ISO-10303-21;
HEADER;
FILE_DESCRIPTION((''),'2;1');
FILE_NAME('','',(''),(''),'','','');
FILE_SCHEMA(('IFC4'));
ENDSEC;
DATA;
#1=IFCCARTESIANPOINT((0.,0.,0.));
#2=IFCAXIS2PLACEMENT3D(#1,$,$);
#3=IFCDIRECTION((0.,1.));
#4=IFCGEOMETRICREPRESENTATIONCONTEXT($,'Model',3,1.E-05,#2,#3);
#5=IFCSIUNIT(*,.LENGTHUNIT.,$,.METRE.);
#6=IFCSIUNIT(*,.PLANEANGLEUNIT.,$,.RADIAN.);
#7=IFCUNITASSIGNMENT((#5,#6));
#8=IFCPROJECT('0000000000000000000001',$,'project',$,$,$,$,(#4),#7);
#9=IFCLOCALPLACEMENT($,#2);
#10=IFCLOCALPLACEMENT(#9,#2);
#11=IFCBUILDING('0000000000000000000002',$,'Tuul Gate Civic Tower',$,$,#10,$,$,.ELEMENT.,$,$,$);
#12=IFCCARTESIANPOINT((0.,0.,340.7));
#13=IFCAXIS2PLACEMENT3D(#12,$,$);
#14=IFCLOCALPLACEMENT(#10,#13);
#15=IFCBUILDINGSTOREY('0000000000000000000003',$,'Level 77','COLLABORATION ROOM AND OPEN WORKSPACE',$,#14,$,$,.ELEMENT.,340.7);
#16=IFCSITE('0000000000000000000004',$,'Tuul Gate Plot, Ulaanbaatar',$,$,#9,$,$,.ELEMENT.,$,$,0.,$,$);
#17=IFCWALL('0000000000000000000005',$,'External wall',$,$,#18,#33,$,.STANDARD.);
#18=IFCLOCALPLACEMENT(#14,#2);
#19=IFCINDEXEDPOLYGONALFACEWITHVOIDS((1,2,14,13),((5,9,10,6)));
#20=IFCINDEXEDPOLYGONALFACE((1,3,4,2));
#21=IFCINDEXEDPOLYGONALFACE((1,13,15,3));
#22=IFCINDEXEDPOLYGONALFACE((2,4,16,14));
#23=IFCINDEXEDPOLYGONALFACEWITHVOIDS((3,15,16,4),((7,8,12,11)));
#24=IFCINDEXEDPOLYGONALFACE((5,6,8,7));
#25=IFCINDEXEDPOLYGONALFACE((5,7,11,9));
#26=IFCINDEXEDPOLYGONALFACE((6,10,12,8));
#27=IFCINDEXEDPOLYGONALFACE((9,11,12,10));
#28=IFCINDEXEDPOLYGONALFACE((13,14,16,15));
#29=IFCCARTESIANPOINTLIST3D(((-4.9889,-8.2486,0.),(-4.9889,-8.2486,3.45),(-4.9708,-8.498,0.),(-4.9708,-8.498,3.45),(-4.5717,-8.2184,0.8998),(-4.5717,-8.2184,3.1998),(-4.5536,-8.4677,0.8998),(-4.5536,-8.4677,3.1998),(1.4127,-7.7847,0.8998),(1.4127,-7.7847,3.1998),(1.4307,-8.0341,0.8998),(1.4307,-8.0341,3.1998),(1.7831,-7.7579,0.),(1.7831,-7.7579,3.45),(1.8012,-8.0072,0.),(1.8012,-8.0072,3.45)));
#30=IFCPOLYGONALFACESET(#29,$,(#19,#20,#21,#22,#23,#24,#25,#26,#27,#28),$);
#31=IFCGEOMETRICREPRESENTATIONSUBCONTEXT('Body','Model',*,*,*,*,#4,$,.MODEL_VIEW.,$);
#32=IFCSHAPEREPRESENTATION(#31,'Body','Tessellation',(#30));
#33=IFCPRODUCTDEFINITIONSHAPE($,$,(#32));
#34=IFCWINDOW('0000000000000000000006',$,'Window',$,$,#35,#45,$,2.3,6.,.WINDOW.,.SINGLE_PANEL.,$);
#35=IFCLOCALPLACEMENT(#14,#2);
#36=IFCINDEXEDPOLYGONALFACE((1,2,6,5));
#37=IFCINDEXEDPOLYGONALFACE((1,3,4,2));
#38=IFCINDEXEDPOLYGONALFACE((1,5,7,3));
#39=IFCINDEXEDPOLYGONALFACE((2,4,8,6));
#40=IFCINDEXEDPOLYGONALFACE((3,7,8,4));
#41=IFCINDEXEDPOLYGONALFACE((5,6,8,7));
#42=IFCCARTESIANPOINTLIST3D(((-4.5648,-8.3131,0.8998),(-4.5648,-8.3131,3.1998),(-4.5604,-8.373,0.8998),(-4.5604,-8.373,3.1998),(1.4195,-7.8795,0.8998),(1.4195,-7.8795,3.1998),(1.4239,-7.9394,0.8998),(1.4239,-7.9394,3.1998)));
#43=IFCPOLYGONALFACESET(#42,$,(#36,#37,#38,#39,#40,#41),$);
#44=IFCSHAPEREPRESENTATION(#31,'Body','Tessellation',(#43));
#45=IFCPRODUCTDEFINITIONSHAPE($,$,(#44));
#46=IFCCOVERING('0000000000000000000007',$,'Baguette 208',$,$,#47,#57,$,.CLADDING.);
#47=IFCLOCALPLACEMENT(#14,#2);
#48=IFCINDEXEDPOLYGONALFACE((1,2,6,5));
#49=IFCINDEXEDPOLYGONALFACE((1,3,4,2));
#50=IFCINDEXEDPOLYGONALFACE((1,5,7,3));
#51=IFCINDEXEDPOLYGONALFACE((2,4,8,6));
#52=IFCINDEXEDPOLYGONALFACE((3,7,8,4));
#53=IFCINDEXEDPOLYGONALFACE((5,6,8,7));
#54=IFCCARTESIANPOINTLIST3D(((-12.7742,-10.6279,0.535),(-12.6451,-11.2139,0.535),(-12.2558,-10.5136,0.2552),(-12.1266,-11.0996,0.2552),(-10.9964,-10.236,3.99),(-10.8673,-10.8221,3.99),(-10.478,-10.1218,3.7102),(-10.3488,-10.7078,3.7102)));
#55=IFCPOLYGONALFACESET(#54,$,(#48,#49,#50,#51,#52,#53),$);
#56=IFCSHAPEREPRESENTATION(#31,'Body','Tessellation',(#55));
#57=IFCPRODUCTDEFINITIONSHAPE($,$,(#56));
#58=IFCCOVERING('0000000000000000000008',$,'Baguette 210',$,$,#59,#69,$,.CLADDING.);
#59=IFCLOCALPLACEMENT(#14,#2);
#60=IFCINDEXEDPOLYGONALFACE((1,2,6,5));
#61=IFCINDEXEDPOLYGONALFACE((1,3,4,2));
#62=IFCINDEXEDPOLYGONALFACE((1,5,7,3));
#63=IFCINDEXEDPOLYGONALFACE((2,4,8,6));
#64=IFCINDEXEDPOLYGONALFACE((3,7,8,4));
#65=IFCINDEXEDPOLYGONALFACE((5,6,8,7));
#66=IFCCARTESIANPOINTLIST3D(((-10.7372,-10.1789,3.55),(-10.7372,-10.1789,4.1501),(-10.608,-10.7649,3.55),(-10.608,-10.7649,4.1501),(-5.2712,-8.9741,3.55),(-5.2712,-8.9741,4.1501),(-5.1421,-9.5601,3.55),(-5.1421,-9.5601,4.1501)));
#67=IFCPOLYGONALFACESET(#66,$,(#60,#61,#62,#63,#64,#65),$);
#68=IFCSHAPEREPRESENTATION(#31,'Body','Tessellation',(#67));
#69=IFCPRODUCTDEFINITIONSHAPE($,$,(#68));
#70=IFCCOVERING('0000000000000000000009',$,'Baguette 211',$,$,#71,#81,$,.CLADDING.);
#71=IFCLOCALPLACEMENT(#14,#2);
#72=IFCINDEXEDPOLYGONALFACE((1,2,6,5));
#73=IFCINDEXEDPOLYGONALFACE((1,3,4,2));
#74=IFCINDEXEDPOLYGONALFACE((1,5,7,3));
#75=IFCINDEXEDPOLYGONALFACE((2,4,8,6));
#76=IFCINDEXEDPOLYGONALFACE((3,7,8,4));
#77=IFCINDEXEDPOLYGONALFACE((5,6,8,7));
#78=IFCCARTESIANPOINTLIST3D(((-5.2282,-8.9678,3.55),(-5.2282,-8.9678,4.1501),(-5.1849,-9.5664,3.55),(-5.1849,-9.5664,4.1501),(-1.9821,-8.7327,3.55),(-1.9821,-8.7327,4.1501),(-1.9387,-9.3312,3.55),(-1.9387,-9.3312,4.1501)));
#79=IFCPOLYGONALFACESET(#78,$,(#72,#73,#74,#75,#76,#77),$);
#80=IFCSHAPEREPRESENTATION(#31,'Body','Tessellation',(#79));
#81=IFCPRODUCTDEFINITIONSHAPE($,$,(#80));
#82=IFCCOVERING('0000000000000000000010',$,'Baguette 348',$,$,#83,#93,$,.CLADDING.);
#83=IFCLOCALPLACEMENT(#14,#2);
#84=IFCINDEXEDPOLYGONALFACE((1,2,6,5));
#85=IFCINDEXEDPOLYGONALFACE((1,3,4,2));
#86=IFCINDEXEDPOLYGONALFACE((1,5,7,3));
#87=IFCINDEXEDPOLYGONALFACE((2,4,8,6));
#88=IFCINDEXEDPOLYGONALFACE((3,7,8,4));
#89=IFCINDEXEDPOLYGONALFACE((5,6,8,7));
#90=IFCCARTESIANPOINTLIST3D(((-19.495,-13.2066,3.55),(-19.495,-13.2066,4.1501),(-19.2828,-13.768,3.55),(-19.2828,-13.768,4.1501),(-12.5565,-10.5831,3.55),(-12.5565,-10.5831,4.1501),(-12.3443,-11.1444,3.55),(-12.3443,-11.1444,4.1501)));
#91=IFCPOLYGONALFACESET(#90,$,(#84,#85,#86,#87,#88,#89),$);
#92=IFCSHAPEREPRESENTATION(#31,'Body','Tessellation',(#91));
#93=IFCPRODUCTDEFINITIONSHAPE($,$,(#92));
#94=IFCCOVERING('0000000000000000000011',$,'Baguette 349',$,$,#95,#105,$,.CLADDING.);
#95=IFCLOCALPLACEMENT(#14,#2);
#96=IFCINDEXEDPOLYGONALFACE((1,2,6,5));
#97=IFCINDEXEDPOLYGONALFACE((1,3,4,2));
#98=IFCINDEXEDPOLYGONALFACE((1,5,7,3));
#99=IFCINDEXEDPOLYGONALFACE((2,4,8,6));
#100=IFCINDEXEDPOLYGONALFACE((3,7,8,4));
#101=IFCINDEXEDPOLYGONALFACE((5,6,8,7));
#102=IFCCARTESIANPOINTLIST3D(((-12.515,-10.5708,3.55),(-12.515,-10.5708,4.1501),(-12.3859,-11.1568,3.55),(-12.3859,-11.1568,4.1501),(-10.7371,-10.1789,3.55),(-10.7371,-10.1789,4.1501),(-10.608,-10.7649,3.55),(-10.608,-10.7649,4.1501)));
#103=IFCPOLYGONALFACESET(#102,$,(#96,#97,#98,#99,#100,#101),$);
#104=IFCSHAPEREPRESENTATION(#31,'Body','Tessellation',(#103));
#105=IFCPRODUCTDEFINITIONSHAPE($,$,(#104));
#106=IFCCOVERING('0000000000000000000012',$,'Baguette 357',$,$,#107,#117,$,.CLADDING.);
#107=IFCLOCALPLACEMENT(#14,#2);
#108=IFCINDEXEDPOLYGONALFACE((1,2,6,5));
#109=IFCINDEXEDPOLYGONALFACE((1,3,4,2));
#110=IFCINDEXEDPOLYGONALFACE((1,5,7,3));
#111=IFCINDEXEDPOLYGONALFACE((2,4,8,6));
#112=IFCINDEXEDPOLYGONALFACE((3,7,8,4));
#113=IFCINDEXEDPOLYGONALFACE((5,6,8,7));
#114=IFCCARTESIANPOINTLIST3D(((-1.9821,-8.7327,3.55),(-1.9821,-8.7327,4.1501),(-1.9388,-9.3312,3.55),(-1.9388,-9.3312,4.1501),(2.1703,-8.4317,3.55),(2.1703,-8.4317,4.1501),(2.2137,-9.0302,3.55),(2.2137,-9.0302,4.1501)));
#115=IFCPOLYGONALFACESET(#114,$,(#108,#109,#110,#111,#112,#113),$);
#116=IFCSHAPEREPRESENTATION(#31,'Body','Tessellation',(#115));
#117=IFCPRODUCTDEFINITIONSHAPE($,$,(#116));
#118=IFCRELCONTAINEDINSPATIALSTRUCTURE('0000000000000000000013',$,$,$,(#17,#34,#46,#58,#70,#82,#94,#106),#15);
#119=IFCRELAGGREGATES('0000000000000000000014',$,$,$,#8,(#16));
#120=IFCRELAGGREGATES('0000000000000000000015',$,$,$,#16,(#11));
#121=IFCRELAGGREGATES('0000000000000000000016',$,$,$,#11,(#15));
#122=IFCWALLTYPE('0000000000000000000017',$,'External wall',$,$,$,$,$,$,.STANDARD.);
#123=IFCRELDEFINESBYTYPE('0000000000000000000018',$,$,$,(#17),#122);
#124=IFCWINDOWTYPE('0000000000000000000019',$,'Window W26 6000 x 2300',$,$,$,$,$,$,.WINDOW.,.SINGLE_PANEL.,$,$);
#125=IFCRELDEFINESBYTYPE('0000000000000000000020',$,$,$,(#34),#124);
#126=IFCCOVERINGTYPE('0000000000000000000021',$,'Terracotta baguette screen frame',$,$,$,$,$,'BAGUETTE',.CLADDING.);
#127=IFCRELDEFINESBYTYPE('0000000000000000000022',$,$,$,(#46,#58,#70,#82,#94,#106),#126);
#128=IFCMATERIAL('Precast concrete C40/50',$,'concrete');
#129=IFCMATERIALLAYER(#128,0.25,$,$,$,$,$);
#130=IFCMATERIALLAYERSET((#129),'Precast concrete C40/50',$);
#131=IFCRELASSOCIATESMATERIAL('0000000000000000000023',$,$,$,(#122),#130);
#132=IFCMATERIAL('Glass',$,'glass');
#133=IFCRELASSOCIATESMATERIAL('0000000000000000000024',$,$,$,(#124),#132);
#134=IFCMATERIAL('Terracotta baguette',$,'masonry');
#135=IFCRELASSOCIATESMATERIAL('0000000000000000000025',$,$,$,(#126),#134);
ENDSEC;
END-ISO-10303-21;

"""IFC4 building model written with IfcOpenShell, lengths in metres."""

from ifc_helpers import new_model, si_unit, direction, frame, frame_2d, origin, origin_2d, place, context, subcontext, project, spatial, rectangle, extrude, material, layer, layer_set, material_profile, profile_set, type_object, element, fill, save


model = new_model("IFC4")

# Units and contexts
model_context = context("Model", 3, precision=1e-05, world=origin(), true_north=direction((0.0, 1.0)))
body_context = subcontext(model_context, "Body", "Model", "MODEL_VIEW")
ifc_project = project(units=[si_unit("LENGTHUNIT", "METRE"), si_unit("PLANEANGLEUNIT", "RADIAN")], contexts=[model_context])

# Site, building, storey
site_placement = place(None, origin())
site = spatial("IfcSite", under=ifc_project, at=site_placement, Name="Tuul Gate Plot, Ulaanbaatar", CompositionType="ELEMENT", RefElevation=0.0)
building_placement = place(site_placement, origin())
building = spatial("IfcBuilding", under=site, at=building_placement, Name="Tuul Gate Civic Tower", CompositionType="ELEMENT")
storey_placement = place(building_placement, frame((0.0, 0.0, 340.7)))
storey = spatial("IfcBuildingStorey", under=building, at=storey_placement, Name="Level 77", Description="COLLABORATION ROOM AND OPEN WORKSPACE", CompositionType="ELEMENT", Elevation=340.7)

# Wall, opening, window
ifc_material_1 = material(Name="Precast concrete C40/50", Category="concrete")
ifc_layer_1 = layer(ifc_material_1, 0.25)
ifc_layer_set_1 = layer_set([ifc_layer_1], Name="Precast concrete C40/50")
wall_type_1 = type_object("IfcWallType", Name="External wall", PredefinedType="STANDARD", material=ifc_layer_set_1)
ifc_material_2 = material(Name="Glass", Category="glass")
window_type = type_object("IfcWindowType", Name="Window W26 6000 x 2300", PartitioningType="SINGLE_PANEL", PredefinedType="WINDOW", material=ifc_material_2)
wall_1_placement = place(storey_placement, frame((-4.98, -8.3733, 0.0), z_axis=(0.0, 0.0, 1.0), x_axis=(0.997385, 0.072274, 0.0)))
wall_1 = element("IfcWall", 1, at=wall_1_placement, inside=storey, type_object=wall_type_1, Name="External wall", PredefinedType="STANDARD", context=body_context, shape_type="SweptSolid", body=[
    extrude(rectangle(XDim=6.7898, YDim=0.25, at=frame_2d((3.395, 0.0))), origin(), (0.0, 0.0, 1.0), 3.45),
])
opening_1_placement = place(wall_1_placement, frame((0.4185, 0.0, 0.8999)))
opening_1 = element("IfcOpeningElement", 2, at=opening_1_placement, cuts=wall_1, PredefinedType="OPENING", context=body_context, shape_type="SweptSolid", body=[
    extrude(rectangle(XDim=6.0, YDim=2.3, at=frame_2d((3.0, 1.1499))), frame((0.0, 0.135, 0.0), z_axis=(0.0, -1.0, 0.0), x_axis=(1.0, 0.0, 0.0)), (0.0, 0.0, 1.0), 0.27),
])
window_1_placement = place(opening_1_placement, origin())
window_1 = element("IfcWindow", 3, at=window_1_placement, inside=storey, type_object=window_type, Name="Window", OverallHeight=2.3, OverallWidth=6.0, PartitioningType="SINGLE_PANEL", PredefinedType="WINDOW", context=body_context, shape_type="SweptSolid", body=[
    extrude(rectangle(XDim=6.0, YDim=2.3, at=frame_2d((3.0, 1.1499))), frame((0.0, 0.03, 0.0), z_axis=(0.0, -1.0, 0.0), x_axis=(1.0, 0.0, 0.0)), (0.0, 0.0, 1.0), 0.0601),
])
fill(opening_1, window_1)

# Coverings
ifc_material_3 = material(Name="Terracotta baguette", Category="masonry")
ifc_material_profile_1 = material_profile(ifc_material_3, rectangle(XDim=0.6001, YDim=0.6001, at=origin_2d()), Name="Terracotta baguette screen frame")
ifc_profile_set_1 = profile_set([ifc_material_profile_1], Name="Terracotta baguette")
covering_type = type_object("IfcCoveringType", Name="Terracotta baguette screen frame", ElementType="BAGUETTE", PredefinedType="CLADDING", material=ifc_profile_set_1)
covering_1_placement = place(storey_placement, frame((-10.6726, -10.4719, 3.8501), z_axis=(-0.455229, -0.100335, -0.884703), x_axis=(0.21524, -0.976561, 0.0)))
element("IfcCovering", 4, at=covering_1_placement, inside=storey, type_object=covering_type, Name="Baguette 208", PredefinedType="CLADDING", context=body_context, shape_type="SweptSolid", body=[
    extrude(rectangle(XDim=0.6001, YDim=0.6001, at=origin_2d()), origin(), (0.0, 0.0, 1.0), 3.9053),
])
covering_2_placement = place(storey_placement, frame((-10.6726, -10.4719, 3.8501), z_axis=(0.976558, 0.215254, 0.0), x_axis=(-0.215254, 0.976558, 0.0)))
element("IfcCovering", 5, at=covering_2_placement, inside=storey, type_object=covering_type, Name="Baguette 210", PredefinedType="CLADDING", context=body_context, shape_type="SweptSolid", body=[
    extrude(rectangle(XDim=0.6001, YDim=0.6001, at=origin_2d()), origin(), (0.0, 0.0, 1.0), 5.5972),
])
covering_3_placement = place(storey_placement, frame((-5.2065, -9.2671, 3.8501), z_axis=(0.997387, 0.072239, 0.0), x_axis=(-0.072239, 0.997387, 0.0)))
element("IfcCovering", 6, at=covering_3_placement, inside=storey, type_object=covering_type, Name="Baguette 211", PredefinedType="CLADDING", context=body_context, shape_type="SweptSolid", body=[
    extrude(rectangle(XDim=0.6001, YDim=0.6001, at=origin_2d()), origin(), (0.0, 0.0, 1.0), 3.2546),
])
covering_4_placement = place(storey_placement, frame((-19.3889, -13.4873, 3.8501), z_axis=(0.935368, 0.353676, 0.0), x_axis=(-0.353676, 0.935368, 0.0)))
element("IfcCovering", 7, at=covering_4_placement, inside=storey, type_object=covering_type, Name="Baguette 348", PredefinedType="CLADDING", context=body_context, shape_type="SweptSolid", body=[
    extrude(rectangle(XDim=0.6001, YDim=0.6001, at=origin_2d()), origin(), (0.0, 0.0, 1.0), 7.418),
])
covering_5_placement = place(storey_placement, frame((-12.4504, -10.8638, 3.8501), z_axis=(0.976561, 0.21524, 0.0), x_axis=(-0.21524, 0.976561, 0.0)))
element("IfcCovering", 8, at=covering_5_placement, inside=storey, type_object=covering_type, Name="Baguette 349", PredefinedType="CLADDING", context=body_context, shape_type="SweptSolid", body=[
    extrude(rectangle(XDim=0.6001, YDim=0.6001, at=origin_2d()), origin(), (0.0, 0.0, 1.0), 1.8206),
])
covering_6_placement = place(storey_placement, frame((-1.9604, -9.032, 3.8501), z_axis=(0.997383, 0.072306, 0.0), x_axis=(-0.072306, 0.997383, 0.0)))
element("IfcCovering", 9, at=covering_6_placement, inside=storey, type_object=covering_type, Name="Baguette 357", PredefinedType="CLADDING", context=body_context, shape_type="SweptSolid", body=[
    extrude(rectangle(XDim=0.6001, YDim=0.6001, at=origin_2d()), origin(), (0.0, 0.0, 1.0), 4.1633),
])

save(model, "model.ifc")
